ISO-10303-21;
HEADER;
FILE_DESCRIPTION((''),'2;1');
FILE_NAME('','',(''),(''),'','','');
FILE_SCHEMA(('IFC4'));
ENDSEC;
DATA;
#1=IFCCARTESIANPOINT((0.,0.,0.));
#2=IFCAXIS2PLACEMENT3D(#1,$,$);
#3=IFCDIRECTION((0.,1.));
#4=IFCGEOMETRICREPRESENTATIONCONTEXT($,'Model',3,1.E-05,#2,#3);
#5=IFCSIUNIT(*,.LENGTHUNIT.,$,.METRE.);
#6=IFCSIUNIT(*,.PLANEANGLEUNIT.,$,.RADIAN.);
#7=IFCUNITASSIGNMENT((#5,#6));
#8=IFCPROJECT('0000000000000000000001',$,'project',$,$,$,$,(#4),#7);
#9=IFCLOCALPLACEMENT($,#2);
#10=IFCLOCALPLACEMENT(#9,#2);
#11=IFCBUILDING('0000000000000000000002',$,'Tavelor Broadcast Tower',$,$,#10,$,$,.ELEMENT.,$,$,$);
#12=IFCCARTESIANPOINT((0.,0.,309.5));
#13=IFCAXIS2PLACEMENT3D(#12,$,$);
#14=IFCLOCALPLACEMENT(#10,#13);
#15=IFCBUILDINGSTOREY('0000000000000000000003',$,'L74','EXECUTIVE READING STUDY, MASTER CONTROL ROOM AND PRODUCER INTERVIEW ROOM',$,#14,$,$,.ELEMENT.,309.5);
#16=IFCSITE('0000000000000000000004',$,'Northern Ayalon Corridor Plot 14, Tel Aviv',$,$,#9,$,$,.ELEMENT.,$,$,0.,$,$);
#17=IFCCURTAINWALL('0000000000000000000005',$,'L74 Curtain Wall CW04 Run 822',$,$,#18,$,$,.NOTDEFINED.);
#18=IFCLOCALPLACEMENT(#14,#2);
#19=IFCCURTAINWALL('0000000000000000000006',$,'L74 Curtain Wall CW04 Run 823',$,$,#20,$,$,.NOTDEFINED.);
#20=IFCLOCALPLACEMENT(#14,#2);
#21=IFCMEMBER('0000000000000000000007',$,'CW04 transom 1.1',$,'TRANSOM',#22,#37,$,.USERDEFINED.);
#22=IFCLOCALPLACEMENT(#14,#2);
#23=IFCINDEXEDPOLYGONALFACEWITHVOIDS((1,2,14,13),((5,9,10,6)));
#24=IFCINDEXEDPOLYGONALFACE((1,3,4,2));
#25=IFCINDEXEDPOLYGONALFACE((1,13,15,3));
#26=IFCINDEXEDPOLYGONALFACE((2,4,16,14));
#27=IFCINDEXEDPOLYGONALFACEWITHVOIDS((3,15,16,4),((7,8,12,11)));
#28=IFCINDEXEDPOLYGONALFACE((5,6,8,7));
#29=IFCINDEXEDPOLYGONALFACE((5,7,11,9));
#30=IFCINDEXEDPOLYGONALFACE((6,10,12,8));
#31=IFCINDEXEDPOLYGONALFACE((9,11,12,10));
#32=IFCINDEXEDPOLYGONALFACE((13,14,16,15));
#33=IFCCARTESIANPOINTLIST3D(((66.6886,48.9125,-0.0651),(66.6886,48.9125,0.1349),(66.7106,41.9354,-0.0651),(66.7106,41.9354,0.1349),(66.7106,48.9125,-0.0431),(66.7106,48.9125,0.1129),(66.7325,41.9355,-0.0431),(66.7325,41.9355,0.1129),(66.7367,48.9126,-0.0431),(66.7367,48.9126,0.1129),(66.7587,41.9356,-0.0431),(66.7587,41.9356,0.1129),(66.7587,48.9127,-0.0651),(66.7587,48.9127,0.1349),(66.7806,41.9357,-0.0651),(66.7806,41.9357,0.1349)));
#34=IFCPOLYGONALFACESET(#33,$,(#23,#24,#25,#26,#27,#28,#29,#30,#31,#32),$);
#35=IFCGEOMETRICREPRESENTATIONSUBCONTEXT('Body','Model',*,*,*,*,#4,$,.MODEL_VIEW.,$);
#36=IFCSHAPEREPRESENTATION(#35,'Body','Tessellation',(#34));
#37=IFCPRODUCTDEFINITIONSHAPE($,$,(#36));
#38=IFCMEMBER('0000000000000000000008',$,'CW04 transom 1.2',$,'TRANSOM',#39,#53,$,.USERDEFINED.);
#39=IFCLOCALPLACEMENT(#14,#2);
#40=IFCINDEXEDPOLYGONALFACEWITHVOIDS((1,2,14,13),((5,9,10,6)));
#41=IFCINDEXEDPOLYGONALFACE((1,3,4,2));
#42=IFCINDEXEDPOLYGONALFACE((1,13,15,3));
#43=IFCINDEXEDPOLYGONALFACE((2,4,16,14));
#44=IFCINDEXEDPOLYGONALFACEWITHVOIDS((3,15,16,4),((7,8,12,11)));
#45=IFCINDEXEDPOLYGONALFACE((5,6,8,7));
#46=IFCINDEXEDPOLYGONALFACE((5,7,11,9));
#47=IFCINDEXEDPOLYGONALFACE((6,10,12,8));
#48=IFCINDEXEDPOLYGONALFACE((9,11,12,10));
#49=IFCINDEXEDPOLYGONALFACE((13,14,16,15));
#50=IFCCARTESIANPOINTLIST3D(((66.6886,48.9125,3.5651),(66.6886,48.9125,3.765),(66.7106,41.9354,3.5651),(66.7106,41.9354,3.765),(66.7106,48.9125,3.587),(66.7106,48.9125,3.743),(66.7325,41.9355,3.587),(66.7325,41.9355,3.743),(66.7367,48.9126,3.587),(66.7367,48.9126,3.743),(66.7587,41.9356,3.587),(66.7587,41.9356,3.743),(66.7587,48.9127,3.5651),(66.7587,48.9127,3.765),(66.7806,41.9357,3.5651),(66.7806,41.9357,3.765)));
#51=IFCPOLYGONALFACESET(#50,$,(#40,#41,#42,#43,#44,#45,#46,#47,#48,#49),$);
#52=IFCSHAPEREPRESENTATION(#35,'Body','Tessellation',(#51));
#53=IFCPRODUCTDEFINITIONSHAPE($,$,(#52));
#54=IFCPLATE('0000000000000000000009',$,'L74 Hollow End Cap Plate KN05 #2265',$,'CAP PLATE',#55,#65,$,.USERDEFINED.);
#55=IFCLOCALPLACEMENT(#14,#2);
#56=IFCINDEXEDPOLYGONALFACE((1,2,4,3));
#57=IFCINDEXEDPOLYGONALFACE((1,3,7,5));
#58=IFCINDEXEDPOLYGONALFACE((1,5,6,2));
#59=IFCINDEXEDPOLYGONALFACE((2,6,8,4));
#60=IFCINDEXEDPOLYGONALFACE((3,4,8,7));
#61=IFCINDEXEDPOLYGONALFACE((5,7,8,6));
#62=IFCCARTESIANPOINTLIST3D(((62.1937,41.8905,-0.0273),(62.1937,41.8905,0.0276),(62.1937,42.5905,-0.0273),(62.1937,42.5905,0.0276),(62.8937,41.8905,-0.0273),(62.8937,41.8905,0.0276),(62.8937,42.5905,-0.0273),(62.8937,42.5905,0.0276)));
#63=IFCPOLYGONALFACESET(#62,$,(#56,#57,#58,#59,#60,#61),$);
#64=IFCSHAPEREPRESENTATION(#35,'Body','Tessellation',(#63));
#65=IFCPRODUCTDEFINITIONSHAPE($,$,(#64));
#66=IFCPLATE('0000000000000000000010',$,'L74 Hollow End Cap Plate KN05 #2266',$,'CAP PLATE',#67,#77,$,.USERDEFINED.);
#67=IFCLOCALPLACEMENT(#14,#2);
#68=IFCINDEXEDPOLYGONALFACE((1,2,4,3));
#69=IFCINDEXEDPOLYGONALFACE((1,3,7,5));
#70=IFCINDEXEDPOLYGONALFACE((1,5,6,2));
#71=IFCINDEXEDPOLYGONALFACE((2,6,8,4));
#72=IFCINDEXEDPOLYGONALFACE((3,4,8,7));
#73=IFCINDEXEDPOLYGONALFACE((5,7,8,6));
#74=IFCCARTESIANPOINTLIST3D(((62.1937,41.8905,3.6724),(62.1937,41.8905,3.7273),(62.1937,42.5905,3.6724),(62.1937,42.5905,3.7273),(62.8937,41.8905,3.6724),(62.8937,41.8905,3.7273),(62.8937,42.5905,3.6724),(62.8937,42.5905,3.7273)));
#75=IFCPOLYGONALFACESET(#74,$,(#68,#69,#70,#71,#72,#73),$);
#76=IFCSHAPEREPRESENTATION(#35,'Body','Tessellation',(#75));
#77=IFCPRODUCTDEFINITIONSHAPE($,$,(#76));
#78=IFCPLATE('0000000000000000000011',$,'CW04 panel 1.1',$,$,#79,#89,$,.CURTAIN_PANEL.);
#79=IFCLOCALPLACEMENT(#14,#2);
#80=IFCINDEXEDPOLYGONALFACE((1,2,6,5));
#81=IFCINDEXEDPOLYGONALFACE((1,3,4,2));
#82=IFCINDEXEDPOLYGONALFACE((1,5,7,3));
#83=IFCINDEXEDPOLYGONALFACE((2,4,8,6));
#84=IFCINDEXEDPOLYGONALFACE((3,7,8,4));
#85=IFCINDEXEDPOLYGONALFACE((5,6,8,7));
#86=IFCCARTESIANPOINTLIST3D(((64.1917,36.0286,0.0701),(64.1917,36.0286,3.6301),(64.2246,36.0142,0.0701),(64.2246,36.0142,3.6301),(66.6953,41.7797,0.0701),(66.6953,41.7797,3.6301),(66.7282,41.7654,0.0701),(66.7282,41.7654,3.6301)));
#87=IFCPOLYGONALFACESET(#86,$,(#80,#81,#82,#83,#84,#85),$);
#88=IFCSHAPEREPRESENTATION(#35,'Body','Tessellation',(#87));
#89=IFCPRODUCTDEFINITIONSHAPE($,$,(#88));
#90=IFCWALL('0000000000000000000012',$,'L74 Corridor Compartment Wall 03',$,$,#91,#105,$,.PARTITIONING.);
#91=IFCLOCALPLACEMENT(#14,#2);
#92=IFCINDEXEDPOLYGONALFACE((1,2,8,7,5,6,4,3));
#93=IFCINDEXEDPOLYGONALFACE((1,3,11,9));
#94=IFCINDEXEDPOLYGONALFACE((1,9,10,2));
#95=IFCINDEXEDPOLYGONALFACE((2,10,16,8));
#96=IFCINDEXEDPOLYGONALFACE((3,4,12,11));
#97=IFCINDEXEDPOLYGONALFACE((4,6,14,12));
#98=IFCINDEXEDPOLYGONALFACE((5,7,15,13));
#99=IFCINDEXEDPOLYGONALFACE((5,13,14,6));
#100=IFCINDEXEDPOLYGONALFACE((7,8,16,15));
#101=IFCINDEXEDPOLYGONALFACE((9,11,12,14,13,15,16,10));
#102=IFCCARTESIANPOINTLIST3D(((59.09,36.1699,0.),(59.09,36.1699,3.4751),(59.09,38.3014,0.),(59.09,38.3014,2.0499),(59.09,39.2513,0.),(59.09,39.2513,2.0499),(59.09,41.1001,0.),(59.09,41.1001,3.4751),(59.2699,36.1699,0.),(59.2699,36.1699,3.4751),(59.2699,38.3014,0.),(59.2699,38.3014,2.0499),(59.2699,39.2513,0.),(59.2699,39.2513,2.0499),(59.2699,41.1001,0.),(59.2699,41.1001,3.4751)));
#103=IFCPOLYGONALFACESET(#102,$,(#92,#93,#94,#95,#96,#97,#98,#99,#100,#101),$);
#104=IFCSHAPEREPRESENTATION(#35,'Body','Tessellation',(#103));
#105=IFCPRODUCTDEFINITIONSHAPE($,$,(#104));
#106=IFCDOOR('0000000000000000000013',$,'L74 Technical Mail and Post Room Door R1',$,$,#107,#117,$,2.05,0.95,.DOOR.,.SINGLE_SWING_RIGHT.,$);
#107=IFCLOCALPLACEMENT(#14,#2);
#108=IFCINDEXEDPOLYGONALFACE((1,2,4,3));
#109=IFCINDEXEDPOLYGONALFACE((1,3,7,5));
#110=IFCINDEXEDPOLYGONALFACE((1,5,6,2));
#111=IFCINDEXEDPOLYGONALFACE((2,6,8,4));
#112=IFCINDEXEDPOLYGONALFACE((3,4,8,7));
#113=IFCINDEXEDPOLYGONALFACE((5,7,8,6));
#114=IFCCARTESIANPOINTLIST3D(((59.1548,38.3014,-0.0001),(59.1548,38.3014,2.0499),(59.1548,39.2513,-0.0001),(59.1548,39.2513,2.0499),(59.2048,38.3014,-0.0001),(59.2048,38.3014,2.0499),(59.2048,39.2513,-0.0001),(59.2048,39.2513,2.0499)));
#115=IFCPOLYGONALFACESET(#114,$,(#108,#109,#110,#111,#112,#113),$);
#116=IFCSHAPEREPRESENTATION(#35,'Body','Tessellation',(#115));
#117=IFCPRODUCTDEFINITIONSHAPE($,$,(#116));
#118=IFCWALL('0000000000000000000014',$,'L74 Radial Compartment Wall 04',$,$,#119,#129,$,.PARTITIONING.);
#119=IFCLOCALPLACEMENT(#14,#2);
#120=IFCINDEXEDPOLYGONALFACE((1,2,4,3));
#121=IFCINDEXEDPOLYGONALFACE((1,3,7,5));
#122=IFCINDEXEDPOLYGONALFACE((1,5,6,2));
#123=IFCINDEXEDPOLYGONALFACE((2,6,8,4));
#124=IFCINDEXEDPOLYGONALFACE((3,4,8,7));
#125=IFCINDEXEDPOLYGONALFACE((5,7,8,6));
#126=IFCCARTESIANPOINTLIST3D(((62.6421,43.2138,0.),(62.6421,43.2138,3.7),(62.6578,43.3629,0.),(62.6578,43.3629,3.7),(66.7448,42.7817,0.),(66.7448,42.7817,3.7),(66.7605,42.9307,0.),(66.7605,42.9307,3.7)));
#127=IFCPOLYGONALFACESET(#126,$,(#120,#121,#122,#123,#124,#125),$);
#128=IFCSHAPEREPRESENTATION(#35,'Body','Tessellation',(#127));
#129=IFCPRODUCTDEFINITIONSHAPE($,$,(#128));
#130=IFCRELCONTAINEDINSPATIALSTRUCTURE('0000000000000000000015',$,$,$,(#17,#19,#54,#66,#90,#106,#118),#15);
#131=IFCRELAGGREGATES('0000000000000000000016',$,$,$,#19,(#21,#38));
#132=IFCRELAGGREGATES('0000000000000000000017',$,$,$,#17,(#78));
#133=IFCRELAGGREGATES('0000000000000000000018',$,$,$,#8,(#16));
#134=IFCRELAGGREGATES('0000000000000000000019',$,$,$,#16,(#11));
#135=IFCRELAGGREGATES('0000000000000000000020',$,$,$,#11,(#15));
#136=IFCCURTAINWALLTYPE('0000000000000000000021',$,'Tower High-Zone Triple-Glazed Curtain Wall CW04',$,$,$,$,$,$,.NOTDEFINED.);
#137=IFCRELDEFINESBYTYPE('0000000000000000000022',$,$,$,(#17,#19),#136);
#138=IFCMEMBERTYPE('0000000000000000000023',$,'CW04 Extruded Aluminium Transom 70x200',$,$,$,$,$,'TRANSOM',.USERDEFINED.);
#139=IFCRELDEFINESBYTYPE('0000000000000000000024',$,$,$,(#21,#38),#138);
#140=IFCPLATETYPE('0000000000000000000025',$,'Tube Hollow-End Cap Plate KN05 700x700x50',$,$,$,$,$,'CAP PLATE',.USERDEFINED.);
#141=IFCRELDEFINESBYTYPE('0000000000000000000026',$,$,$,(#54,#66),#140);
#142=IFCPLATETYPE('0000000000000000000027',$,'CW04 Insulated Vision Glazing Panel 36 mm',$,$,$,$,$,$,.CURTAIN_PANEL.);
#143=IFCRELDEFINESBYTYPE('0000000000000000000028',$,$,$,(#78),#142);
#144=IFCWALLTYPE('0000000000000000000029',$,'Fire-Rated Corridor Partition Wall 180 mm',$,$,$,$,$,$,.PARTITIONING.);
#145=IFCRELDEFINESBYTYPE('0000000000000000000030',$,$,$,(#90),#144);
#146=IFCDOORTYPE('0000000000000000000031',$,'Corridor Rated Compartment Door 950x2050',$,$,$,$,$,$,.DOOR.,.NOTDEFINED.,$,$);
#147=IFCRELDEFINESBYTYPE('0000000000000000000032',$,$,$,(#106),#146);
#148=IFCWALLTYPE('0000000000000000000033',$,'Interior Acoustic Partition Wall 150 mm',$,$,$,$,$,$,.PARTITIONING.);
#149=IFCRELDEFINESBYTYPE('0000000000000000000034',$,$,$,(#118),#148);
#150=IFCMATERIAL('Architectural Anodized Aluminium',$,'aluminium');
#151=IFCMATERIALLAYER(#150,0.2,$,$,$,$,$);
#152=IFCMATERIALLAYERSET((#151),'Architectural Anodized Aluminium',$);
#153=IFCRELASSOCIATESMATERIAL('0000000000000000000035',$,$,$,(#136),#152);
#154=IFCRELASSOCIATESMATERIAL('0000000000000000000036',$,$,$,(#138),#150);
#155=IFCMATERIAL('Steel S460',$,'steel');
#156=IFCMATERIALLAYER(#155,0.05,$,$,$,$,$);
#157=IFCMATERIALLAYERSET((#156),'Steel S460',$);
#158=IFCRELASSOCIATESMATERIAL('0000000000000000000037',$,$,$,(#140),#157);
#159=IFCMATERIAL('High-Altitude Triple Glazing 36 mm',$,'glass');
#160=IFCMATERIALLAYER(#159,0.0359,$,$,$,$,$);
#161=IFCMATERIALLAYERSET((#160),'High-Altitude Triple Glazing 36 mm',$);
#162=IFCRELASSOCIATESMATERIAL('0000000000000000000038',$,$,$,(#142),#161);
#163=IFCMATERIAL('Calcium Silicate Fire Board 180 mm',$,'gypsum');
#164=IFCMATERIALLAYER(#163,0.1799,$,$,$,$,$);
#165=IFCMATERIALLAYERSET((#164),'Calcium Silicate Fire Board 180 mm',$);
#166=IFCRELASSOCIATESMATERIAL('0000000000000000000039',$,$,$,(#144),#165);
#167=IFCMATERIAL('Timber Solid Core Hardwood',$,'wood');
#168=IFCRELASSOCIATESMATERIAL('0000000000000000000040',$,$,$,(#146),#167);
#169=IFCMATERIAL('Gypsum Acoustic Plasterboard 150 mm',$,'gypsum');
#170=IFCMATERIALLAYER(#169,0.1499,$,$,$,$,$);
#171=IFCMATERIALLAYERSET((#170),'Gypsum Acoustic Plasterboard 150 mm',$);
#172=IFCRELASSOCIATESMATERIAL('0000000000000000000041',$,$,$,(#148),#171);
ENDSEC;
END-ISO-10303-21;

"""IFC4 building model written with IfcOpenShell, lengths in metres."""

from ifc_helpers import new_model, si_unit, direction, frame, frame_2d, origin, origin_2d, place, context, subcontext, project, spatial, rectangle, hollow_rectangle, extrude, source, transform, mapped, material, layer, layer_set, material_profile, profile_set, type_object, type_shapes, element, fill, aggregate, save


model = new_model("IFC4")

# Units and contexts
model_context = context("Model", 3, precision=1e-05, world=origin(), true_north=direction((0.0, 1.0)))
body_context = subcontext(model_context, "Body", "Model", "MODEL_VIEW")
ifc_project = project(units=[si_unit("LENGTHUNIT", "METRE"), si_unit("PLANEANGLEUNIT", "RADIAN")], contexts=[model_context])

# Site, building, storey
site_placement = place(None, origin())
site = spatial("IfcSite", under=ifc_project, at=site_placement, Name="Northern Ayalon Corridor Plot 14, Tel Aviv", CompositionType="ELEMENT", RefElevation=0.0)
building_placement = place(site_placement, origin())
building = spatial("IfcBuilding", under=site, at=building_placement, Name="Tavelor Broadcast Tower", CompositionType="ELEMENT")
storey_placement = place(building_placement, frame((0.0, 0.0, 309.5)))
storey = spatial("IfcBuildingStorey", under=building, at=storey_placement, Name="L74", Description="EXECUTIVE READING STUDY, MASTER CONTROL ROOM AND PRODUCER INTERVIEW ROOM", CompositionType="ELEMENT", Elevation=309.5)

# Shared definitions
ifc_material_1 = material(Name="Steel S460", Category="steel")

# Curtain wall
ifc_material_2 = material(Name="Architectural Anodized Aluminium", Category="aluminium")
ifc_layer_1 = layer(ifc_material_2, 0.2)
ifc_layer_set_1 = layer_set([ifc_layer_1], Name="Architectural Anodized Aluminium")
curtain_wall_type = type_object("IfcCurtainWallType", Name="Tower High-Zone Triple-Glazed Curtain Wall CW04", PredefinedType="NOTDEFINED", material=ifc_layer_set_1)
curtain_wall_1_placement = place(storey_placement, origin())
curtain_wall_1 = element("IfcCurtainWall", 1, at=curtain_wall_1_placement, inside=storey, type_object=curtain_wall_type, Name="L74 Curtain Wall CW04 Run 822", PredefinedType="NOTDEFINED")

# Curtain wall, members
curtain_wall_2_placement = place(storey_placement, origin())
curtain_wall_2 = element("IfcCurtainWall", 2, at=curtain_wall_2_placement, inside=storey, type_object=curtain_wall_type, Name="L74 Curtain Wall CW04 Run 823", PredefinedType="NOTDEFINED")
ifc_material_profile_1 = material_profile(ifc_material_2, hollow_rectangle(XDim=0.0701, YDim=0.2, WallThickness=0.022, at=origin_2d()), Name="RHS 70x200x22")
ifc_profile_set_1 = profile_set([ifc_material_profile_1], Name="Architectural Anodized Aluminium")
member_type_1 = type_object("IfcMemberType", Name="CW04 Extruded Aluminium Transom 70x200", ElementType="TRANSOM", PredefinedType="USERDEFINED", material=ifc_profile_set_1)
shared_shape_1 = source(origin(), body_context, "Body", "SweptSolid", [
    extrude(hollow_rectangle(XDim=0.0701, YDim=0.2, WallThickness=0.022, at=origin_2d()), origin(), (0.0, 0.0, 1.0), 6.9771),
])
type_shapes(member_type_1, [shared_shape_1])
member_1_placement = place(storey_placement, frame((66.7456, 41.9355, 0.0349), z_axis=(-0.003149, 0.999995, 0.0), x_axis=(-0.999995, -0.003149, 0.0)))
member_1 = element("IfcMember", 3, at=member_1_placement, type_object=member_type_1, Name="CW04 transom 1.1", ObjectType="TRANSOM", PredefinedType="USERDEFINED", context=body_context, shape_type="MappedRepresentation", body=[
    mapped(shared_shape_1, transform((0.0, 0.0, 0.0), scale=1.0)),
])
member_2_placement = place(storey_placement, frame((66.7456, 41.9355, 3.665), z_axis=(-0.003149, 0.999995, 0.0), x_axis=(-0.999995, -0.003149, 0.0)))
member_2 = element("IfcMember", 4, at=member_2_placement, type_object=member_type_1, Name="CW04 transom 1.2", ObjectType="TRANSOM", PredefinedType="USERDEFINED", context=body_context, shape_type="MappedRepresentation", body=[
    mapped(shared_shape_1, transform((0.0, 0.0, 0.0), scale=1.0)),
])
aggregate(curtain_wall_2, [member_1, member_2])

# Plates
ifc_layer_2 = layer(ifc_material_1, 0.05)
ifc_layer_set_2 = layer_set([ifc_layer_2], Name="Steel S460")
plate_type_1 = type_object("IfcPlateType", Name="Tube Hollow-End Cap Plate KN05 700x700x50", ElementType="CAP PLATE", PredefinedType="USERDEFINED", material=ifc_layer_set_2)
shared_shape_2 = source(origin(), body_context, "Body", "SweptSolid", [
    extrude(rectangle(XDim=0.7, YDim=0.7, at=origin_2d()), origin(), (0.0, 0.0, 1.0), 0.0549),
])
type_shapes(plate_type_1, [shared_shape_2])
for number, where, z_axis, x_axis, name in (
    (5, (62.5437, 42.2405, -0.0273), (0.0, 0.0, 1.0), (1.0, 0.0, 0.0), "L74 Hollow End Cap Plate KN05 #2265"),
    (6, (62.5437, 42.2405, 3.6724), (0.0, 0.0, 1.0), (1.0, 0.0, 0.0), "L74 Hollow End Cap Plate KN05 #2266"),
):
    element("IfcPlate", number, at=place(storey_placement, frame(where, z_axis=z_axis, x_axis=x_axis)), inside=storey, type_object=plate_type_1, Name=name, ObjectType="CAP PLATE", PredefinedType="USERDEFINED", context=body_context, shape_type="MappedRepresentation", body=[
        mapped(shared_shape_2, transform((0.0, 0.0, 0.0), scale=1.0)),
    ])

# Plate
ifc_material_3 = material(Name="High-Altitude Triple Glazing 36 mm", Category="glass")
ifc_layer_3 = layer(ifc_material_3, 0.0359)
ifc_layer_set_3 = layer_set([ifc_layer_3], Name="High-Altitude Triple Glazing 36 mm")
plate_type_2 = type_object("IfcPlateType", Name="CW04 Insulated Vision Glazing Panel 36 mm", PredefinedType="CURTAIN_PANEL", material=ifc_layer_set_3)
shared_shape_3 = source(origin(), body_context, "Body", "SweptSolid", [
    extrude(rectangle(XDim=6.2725, YDim=0.0359, at=origin_2d()), origin(), (0.0, 0.0, 1.0), 3.5601),
])
type_shapes(plate_type_2, [shared_shape_3])
plate_placement = place(storey_placement, frame((65.46, 38.897, 0.0701), z_axis=(0.0, 0.0, 1.0), x_axis=(0.399145, 0.916888, 0.0)))
plate = element("IfcPlate", 7, at=plate_placement, type_object=plate_type_2, Name="CW04 panel 1.1", PredefinedType="CURTAIN_PANEL", context=body_context, shape_type="MappedRepresentation", body=[
    mapped(shared_shape_3, transform((0.0, 0.0, 0.0), scale=1.0)),
])
aggregate(curtain_wall_1, [plate])

# Wall, opening, door
ifc_material_4 = material(Name="Calcium Silicate Fire Board 180 mm", Category="gypsum")
ifc_layer_4 = layer(ifc_material_4, 0.1799)
ifc_layer_set_4 = layer_set([ifc_layer_4], Name="Calcium Silicate Fire Board 180 mm")
wall_type_1 = type_object("IfcWallType", Name="Fire-Rated Corridor Partition Wall 180 mm", PredefinedType="PARTITIONING", material=ifc_layer_set_4)
wall_1_placement = place(storey_placement, frame((59.1799, 41.1001, 0.0), z_axis=(0.0, 0.0, 1.0), x_axis=(0.0, -1.0, 0.0)))
wall_1 = element("IfcWall", 8, at=wall_1_placement, inside=storey, type_object=wall_type_1, Name="L74 Corridor Compartment Wall 03", PredefinedType="PARTITIONING", context=body_context, shape_type="SweptSolid", body=[
    extrude(rectangle(XDim=4.9302, YDim=0.1799, at=frame_2d((2.4651, 0.0))), origin(), (0.0, 0.0, 1.0), 3.4751),
])
opening_1_placement = place(wall_1_placement, frame((1.8486, 0.0, 0.0)))
opening_1 = element("IfcOpeningElement", 9, at=opening_1_placement, cuts=wall_1, PredefinedType="OPENING", context=body_context, shape_type="SweptSolid", body=[
    extrude(rectangle(XDim=0.95, YDim=2.05, at=frame_2d((0.4751, 1.0249))), frame((0.0, 0.1001, 0.0), z_axis=(0.0, -1.0, 0.0), x_axis=(1.0, 0.0, 0.0)), (0.0, 0.0, 1.0), 0.2),
])
ifc_material_5 = material(Name="Timber Solid Core Hardwood", Category="wood")
door_type_1 = type_object("IfcDoorType", Name="Corridor Rated Compartment Door 950x2050", OperationType="NOTDEFINED", PredefinedType="DOOR", material=ifc_material_5)
door_1_placement = place(opening_1_placement, origin())
door_1 = element("IfcDoor", 10, at=door_1_placement, inside=storey, type_object=door_type_1, Name="L74 Technical Mail and Post Room Door R1", OperationType="SINGLE_SWING_RIGHT", OverallHeight=2.05, OverallWidth=0.95, PredefinedType="DOOR", context=body_context, shape_type="SweptSolid", body=[
    extrude(rectangle(XDim=0.95, YDim=2.05, at=frame_2d((0.4751, 1.0249))), frame((0.0, 0.0249, 0.0), z_axis=(0.0, -1.0, 0.0), x_axis=(1.0, 0.0, 0.0)), (0.0, 0.0, 1.0), 0.05),
])
fill(opening_1, door_1)

# Wall
ifc_material_6 = material(Name="Gypsum Acoustic Plasterboard 150 mm", Category="gypsum")
ifc_layer_5 = layer(ifc_material_6, 0.1499)
ifc_layer_set_5 = layer_set([ifc_layer_5], Name="Gypsum Acoustic Plasterboard 150 mm")
wall_type_2 = type_object("IfcWallType", Name="Interior Acoustic Partition Wall 150 mm", PredefinedType="PARTITIONING", material=ifc_layer_set_5)
wall_2_placement = place(storey_placement, frame((62.6499, 43.2883, 0.0), z_axis=(0.0, 0.0, 1.0), x_axis=(0.994499, -0.104746, 0.0)))
element("IfcWall", 11, at=wall_2_placement, inside=storey, type_object=wall_type_2, Name="L74 Radial Compartment Wall 04", PredefinedType="PARTITIONING", context=body_context, shape_type="SweptSolid", body=[
    extrude(rectangle(XDim=4.1255, YDim=0.1499, at=frame_2d((2.0627, 0.0))), origin(), (0.0, 0.0, 1.0), 3.7),
])

save(model, "model.ifc")
